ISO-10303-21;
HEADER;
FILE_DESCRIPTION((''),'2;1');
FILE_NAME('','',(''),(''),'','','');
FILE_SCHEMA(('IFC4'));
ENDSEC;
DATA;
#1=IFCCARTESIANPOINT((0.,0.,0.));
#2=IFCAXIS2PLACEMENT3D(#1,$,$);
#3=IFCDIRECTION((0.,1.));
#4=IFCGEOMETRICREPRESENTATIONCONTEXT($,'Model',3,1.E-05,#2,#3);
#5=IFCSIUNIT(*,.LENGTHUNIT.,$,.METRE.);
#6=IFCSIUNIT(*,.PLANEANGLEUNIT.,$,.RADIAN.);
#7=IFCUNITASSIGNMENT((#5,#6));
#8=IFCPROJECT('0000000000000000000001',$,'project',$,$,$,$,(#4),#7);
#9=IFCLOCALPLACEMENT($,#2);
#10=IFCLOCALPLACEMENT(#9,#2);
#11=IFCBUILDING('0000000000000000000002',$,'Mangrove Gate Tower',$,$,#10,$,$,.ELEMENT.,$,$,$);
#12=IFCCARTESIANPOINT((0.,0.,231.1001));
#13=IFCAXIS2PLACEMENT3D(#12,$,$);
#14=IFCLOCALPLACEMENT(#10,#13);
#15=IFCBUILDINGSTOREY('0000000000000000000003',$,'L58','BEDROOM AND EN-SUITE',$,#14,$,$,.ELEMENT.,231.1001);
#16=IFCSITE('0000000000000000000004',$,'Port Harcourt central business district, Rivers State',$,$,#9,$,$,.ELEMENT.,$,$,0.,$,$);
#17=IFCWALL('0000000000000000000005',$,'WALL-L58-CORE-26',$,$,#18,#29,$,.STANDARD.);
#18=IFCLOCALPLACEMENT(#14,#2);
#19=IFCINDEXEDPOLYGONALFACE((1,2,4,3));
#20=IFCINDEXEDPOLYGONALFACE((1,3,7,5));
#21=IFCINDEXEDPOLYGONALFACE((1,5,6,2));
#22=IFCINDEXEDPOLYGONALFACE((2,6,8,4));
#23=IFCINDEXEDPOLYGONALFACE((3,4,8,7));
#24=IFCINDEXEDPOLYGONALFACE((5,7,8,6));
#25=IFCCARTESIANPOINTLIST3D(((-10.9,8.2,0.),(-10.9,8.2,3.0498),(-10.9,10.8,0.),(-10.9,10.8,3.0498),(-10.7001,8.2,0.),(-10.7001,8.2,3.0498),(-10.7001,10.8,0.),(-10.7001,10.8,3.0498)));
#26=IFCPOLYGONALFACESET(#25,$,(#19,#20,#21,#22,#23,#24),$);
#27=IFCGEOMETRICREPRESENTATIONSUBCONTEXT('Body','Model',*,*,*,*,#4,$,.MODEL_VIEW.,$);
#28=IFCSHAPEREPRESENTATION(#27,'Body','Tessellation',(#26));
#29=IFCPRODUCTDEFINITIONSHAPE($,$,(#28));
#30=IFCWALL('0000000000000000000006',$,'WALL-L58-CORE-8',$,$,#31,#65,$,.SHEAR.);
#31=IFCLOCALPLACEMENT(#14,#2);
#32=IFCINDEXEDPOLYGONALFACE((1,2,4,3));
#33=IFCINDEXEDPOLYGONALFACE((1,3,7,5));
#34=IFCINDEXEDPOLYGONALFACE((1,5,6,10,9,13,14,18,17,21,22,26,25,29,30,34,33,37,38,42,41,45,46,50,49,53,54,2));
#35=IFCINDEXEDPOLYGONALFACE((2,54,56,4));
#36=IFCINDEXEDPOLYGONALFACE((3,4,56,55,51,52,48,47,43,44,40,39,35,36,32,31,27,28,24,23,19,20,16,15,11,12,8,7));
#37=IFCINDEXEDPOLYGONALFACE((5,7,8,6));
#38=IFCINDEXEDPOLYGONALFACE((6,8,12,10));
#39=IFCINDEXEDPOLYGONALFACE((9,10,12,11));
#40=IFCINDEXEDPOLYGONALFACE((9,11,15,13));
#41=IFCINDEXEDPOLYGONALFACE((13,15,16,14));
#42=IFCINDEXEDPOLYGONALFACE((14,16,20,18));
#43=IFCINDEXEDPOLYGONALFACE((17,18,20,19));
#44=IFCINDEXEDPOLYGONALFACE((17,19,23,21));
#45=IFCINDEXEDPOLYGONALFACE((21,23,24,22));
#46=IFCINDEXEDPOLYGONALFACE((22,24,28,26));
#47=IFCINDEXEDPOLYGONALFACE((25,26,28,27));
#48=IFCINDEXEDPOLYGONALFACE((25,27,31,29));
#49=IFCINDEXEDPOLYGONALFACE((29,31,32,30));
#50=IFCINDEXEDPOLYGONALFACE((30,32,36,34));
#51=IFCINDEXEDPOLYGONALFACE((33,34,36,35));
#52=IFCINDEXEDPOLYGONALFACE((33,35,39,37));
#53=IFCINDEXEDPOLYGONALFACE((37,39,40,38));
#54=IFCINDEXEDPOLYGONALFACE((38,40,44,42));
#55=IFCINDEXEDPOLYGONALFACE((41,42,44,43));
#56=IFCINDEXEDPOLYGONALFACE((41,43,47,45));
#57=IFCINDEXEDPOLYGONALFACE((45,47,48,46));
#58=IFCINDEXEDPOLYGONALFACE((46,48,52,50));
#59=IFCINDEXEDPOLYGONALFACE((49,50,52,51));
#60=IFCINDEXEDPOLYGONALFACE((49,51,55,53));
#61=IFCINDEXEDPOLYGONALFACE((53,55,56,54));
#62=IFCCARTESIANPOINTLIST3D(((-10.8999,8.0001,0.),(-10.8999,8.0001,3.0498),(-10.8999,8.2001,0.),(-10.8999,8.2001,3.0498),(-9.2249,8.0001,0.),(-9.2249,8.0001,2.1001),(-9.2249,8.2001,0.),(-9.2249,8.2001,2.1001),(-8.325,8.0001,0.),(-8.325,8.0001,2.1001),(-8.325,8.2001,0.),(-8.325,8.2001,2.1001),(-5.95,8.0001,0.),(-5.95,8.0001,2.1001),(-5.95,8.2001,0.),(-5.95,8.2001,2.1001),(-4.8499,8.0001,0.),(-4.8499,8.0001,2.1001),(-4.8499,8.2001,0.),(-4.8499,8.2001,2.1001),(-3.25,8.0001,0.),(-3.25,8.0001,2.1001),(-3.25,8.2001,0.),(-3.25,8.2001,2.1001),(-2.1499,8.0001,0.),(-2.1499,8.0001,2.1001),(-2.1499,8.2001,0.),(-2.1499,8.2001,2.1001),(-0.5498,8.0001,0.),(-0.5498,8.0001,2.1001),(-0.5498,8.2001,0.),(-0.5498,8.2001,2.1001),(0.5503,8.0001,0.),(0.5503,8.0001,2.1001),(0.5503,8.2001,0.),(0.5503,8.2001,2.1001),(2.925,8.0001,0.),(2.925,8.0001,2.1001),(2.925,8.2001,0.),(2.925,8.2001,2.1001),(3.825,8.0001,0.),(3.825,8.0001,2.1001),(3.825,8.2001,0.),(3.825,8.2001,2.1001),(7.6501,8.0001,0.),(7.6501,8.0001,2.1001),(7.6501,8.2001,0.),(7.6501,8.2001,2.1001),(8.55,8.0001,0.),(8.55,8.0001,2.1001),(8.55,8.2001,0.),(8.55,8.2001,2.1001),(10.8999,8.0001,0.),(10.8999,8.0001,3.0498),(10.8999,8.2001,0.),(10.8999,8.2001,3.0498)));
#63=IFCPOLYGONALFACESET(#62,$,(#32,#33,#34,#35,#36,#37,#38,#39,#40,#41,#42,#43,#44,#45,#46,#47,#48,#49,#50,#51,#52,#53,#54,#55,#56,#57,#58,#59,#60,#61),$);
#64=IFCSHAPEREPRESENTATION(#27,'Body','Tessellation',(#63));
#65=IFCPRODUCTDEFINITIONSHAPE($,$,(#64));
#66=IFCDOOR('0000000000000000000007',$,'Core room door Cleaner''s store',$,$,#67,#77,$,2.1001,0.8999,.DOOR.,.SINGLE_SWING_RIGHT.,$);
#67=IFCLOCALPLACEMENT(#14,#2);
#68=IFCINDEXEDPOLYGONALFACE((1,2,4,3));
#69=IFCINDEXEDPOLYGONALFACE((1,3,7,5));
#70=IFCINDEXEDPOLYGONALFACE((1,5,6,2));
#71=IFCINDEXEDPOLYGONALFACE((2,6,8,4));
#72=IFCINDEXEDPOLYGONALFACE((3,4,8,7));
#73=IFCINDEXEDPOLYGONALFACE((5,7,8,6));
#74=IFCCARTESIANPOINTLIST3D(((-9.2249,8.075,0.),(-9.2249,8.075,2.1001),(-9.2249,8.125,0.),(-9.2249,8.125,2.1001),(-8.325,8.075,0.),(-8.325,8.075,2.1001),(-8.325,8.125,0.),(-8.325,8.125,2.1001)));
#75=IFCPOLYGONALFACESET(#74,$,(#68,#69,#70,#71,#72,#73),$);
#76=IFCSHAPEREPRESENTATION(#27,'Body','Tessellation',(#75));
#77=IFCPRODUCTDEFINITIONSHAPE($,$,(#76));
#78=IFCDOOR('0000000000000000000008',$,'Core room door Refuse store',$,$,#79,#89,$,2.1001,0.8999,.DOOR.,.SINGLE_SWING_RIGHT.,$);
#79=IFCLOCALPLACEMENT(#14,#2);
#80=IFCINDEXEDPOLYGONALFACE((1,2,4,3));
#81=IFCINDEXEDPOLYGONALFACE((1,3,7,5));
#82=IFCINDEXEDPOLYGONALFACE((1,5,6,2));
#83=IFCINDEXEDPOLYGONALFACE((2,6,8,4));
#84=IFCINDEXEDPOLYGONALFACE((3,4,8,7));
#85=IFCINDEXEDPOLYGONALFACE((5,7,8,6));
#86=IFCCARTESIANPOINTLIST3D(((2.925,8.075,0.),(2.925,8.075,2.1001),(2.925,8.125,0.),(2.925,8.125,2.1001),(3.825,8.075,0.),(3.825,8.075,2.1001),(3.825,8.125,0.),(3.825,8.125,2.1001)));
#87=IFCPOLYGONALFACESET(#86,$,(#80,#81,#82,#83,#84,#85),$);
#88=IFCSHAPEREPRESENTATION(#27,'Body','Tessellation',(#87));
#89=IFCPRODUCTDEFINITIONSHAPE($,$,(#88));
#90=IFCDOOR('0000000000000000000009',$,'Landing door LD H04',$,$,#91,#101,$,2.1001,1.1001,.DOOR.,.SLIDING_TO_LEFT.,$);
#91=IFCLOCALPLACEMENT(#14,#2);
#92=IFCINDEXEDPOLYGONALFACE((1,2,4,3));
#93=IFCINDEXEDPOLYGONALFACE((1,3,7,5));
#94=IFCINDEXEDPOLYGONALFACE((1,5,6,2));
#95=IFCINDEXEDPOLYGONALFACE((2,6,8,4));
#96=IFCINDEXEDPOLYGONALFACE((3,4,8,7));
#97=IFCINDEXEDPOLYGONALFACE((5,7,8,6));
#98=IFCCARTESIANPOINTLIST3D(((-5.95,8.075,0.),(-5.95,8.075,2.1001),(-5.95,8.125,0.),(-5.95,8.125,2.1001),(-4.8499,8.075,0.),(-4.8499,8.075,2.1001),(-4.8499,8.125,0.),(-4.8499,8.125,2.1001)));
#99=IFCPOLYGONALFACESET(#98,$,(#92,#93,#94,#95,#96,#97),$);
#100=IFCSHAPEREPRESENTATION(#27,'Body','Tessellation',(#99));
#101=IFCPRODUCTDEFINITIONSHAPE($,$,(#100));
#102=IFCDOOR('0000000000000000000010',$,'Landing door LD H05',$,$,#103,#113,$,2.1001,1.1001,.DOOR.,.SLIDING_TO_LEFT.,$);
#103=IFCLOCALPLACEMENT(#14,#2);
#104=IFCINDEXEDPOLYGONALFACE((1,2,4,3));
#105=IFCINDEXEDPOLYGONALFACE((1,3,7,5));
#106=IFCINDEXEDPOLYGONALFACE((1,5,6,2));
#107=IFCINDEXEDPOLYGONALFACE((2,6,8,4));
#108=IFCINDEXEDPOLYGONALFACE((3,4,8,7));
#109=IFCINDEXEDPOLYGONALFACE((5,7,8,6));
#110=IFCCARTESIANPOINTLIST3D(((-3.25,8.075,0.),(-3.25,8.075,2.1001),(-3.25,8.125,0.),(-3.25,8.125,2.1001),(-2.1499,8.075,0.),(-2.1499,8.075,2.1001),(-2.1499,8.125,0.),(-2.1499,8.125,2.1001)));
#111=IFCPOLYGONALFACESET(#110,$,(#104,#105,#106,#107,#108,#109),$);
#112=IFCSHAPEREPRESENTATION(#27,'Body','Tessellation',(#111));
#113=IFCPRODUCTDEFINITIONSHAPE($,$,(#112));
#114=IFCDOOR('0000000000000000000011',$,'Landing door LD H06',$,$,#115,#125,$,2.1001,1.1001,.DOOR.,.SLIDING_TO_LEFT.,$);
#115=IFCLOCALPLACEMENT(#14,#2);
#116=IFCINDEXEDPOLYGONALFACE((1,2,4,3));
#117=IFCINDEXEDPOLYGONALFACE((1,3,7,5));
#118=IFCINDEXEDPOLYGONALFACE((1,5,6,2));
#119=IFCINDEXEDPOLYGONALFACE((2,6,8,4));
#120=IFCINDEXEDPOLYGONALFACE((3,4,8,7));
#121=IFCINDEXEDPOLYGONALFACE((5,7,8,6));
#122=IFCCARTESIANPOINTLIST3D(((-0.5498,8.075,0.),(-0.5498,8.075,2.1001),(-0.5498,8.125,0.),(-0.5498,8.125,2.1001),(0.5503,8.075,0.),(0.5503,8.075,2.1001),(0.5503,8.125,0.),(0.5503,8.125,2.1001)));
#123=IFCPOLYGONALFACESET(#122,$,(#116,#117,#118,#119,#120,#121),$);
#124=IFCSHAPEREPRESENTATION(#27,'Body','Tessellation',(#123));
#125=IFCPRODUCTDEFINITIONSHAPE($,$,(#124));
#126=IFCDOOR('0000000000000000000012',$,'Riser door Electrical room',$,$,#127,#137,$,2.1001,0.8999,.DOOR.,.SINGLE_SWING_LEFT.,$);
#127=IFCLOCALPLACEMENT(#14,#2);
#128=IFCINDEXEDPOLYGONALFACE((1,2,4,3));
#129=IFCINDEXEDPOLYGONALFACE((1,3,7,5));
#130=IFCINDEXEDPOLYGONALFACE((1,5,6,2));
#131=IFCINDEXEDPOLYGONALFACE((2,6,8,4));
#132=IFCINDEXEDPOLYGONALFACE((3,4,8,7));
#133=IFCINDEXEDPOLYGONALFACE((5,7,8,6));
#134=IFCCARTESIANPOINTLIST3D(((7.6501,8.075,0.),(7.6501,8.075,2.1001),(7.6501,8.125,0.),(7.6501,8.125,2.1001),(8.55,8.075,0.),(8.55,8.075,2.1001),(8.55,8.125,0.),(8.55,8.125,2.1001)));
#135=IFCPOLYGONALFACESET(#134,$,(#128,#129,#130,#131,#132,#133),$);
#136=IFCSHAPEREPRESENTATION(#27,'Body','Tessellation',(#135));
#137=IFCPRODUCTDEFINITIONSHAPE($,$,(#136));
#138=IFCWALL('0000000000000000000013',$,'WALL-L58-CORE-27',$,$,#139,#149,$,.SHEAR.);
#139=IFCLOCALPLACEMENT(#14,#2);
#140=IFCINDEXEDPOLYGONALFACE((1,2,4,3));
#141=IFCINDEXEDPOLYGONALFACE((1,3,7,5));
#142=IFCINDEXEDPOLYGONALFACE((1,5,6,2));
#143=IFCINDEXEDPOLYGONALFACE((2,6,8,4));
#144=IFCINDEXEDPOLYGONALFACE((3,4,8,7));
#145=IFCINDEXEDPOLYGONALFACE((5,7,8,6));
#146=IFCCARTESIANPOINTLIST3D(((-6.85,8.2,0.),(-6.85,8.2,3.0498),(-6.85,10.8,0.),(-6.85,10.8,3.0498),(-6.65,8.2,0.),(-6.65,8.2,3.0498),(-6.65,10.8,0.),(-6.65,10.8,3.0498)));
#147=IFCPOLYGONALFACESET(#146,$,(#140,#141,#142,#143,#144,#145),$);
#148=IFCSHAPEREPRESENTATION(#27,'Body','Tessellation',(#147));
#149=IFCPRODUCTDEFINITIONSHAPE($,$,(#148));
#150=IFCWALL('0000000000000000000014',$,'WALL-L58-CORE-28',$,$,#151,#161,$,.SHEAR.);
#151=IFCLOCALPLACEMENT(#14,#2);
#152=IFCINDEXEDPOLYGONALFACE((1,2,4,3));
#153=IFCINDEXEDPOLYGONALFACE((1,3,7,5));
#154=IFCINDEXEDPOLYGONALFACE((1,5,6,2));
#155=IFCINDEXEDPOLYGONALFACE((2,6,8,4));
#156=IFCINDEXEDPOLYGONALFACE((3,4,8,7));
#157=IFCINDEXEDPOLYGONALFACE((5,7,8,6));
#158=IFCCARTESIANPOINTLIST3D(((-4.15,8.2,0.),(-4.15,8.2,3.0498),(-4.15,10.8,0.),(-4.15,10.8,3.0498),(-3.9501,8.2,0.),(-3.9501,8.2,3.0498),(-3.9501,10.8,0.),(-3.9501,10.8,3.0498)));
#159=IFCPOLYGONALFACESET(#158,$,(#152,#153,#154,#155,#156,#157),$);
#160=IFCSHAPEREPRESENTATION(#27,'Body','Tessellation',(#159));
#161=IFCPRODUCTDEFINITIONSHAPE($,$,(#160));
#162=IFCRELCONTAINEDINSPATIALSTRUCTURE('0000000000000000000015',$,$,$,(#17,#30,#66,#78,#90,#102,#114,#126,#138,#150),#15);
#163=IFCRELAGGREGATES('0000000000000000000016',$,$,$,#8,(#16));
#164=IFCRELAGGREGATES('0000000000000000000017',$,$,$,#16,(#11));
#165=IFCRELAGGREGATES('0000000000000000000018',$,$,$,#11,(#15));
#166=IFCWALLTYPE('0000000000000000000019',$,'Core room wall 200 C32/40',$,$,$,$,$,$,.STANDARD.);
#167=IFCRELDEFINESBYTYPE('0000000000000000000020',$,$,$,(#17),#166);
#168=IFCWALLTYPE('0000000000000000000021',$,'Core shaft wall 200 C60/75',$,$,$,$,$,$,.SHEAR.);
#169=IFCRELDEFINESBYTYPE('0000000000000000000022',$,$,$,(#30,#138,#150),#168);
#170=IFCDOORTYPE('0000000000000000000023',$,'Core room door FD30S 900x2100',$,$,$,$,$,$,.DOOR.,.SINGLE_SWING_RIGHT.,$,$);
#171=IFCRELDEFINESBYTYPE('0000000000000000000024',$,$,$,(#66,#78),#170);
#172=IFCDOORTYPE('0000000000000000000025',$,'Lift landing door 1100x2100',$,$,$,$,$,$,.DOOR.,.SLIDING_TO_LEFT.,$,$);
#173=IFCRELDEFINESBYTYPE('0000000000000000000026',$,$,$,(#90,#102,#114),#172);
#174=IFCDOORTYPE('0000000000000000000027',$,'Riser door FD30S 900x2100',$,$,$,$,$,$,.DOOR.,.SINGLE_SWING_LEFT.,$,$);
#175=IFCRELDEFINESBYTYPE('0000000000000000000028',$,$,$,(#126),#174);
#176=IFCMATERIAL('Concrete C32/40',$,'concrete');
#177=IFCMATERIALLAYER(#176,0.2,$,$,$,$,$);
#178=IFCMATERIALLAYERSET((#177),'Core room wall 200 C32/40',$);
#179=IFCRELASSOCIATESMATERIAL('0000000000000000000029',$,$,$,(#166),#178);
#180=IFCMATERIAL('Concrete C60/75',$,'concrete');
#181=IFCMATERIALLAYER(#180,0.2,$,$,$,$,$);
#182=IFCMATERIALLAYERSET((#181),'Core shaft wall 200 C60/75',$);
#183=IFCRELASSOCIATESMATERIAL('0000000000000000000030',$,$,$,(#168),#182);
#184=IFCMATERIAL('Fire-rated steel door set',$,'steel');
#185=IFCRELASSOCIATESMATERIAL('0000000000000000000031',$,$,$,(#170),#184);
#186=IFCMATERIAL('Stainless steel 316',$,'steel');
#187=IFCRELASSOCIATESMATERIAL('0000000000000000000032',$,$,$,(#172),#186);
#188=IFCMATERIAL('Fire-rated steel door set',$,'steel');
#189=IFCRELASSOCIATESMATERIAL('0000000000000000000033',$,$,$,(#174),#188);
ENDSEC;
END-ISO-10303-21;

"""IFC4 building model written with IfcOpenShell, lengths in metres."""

from ifc_helpers import new_model, si_unit, direction, frame, frame_2d, origin, place, context, subcontext, project, spatial, rectangle, extrude, material, layer, layer_set, type_object, element, fill, save


model = new_model("IFC4")

# Units and contexts
model_context = context("Model", 3, precision=1e-05, world=origin(), true_north=direction((0.0, 1.0)))
body_context = subcontext(model_context, "Body", "Model", "MODEL_VIEW")
ifc_project = project(units=[si_unit("LENGTHUNIT", "METRE"), si_unit("PLANEANGLEUNIT", "RADIAN")], contexts=[model_context])

# Site, building, storey
site_placement = place(None, origin())
site = spatial("IfcSite", under=ifc_project, at=site_placement, Name="Port Harcourt central business district, Rivers State", CompositionType="ELEMENT", RefElevation=0.0)
building_placement = place(site_placement, origin())
building = spatial("IfcBuilding", under=site, at=building_placement, Name="Mangrove Gate Tower", CompositionType="ELEMENT")
storey_placement = place(building_placement, frame((0.0, 0.0, 231.1001)))
storey = spatial("IfcBuildingStorey", under=building, at=storey_placement, Name="L58", Description="BEDROOM AND EN-SUITE", CompositionType="ELEMENT", Elevation=231.1001)

# Wall
ifc_material_1 = material(Name="Concrete C32/40", Category="concrete")
ifc_layer_1 = layer(ifc_material_1, 0.2)
ifc_layer_set_1 = layer_set([ifc_layer_1], Name="Core room wall 200 C32/40")
wall_type_1 = type_object("IfcWallType", Name="Core room wall 200 C32/40", PredefinedType="STANDARD", material=ifc_layer_set_1)
wall_1_placement = place(storey_placement, frame((-10.8, 8.2, 0.0), z_axis=(0.0, 0.0, 1.0), x_axis=(0.0, 1.0, 0.0)))
element("IfcWall", 1, at=wall_1_placement, inside=storey, type_object=wall_type_1, Name="WALL-L58-CORE-26", PredefinedType="STANDARD", context=body_context, shape_type="SweptSolid", body=[
    extrude(rectangle(XDim=2.6001, YDim=0.2, at=frame_2d((1.3, 0.0))), origin(), (0.0, 0.0, 1.0), 3.0498),
])

# Wall, openings, doors
ifc_material_2 = material(Name="Concrete C60/75", Category="concrete")
ifc_layer_2 = layer(ifc_material_2, 0.2)
ifc_layer_set_2 = layer_set([ifc_layer_2], Name="Core shaft wall 200 C60/75")
wall_type_2 = type_object("IfcWallType", Name="Core shaft wall 200 C60/75", PredefinedType="SHEAR", material=ifc_layer_set_2)
wall_2_placement = place(storey_placement, frame((-10.8999, 8.1001, 0.0), z_axis=(0.0, 0.0, 1.0), x_axis=(1.0, 0.0, 0.0)))
wall_2 = element("IfcWall", 2, at=wall_2_placement, inside=storey, type_object=wall_type_2, Name="WALL-L58-CORE-8", PredefinedType="SHEAR", context=body_context, shape_type="SweptSolid", body=[
    extrude(rectangle(XDim=21.7998, YDim=0.2, at=frame_2d((10.8999, 0.0))), origin(), (0.0, 0.0, 1.0), 3.0498),
])
opening_1_placement = place(wall_2_placement, frame((4.95, 0.0, 0.0)))
opening_1 = element("IfcOpeningElement", 3, at=opening_1_placement, cuts=wall_2, PredefinedType="OPENING", context=body_context, shape_type="SweptSolid", body=[
    extrude(rectangle(XDim=1.1001, YDim=2.1001, at=frame_2d((0.55, 1.05))), frame((0.0, 0.1099, 0.0), z_axis=(0.0, -1.0, 0.0), x_axis=(1.0, 0.0, 0.0)), (0.0, 0.0, 1.0), 0.22),
])
opening_2_placement = place(wall_2_placement, frame((7.6499, 0.0, 0.0)))
opening_2 = element("IfcOpeningElement", 4, at=opening_2_placement, cuts=wall_2, PredefinedType="OPENING", context=body_context, shape_type="SweptSolid", body=[
    extrude(rectangle(XDim=1.1001, YDim=2.1001, at=frame_2d((0.55, 1.05))), frame((0.0, 0.1099, 0.0), z_axis=(0.0, -1.0, 0.0), x_axis=(1.0, 0.0, 0.0)), (0.0, 0.0, 1.0), 0.22),
])
opening_3_placement = place(wall_2_placement, frame((10.3501, 0.0, 0.0)))
opening_3 = element("IfcOpeningElement", 5, at=opening_3_placement, cuts=wall_2, PredefinedType="OPENING", context=body_context, shape_type="SweptSolid", body=[
    extrude(rectangle(XDim=1.1001, YDim=2.1001, at=frame_2d((0.55, 1.05))), frame((0.0, 0.1099, 0.0), z_axis=(0.0, -1.0, 0.0), x_axis=(1.0, 0.0, 0.0)), (0.0, 0.0, 1.0), 0.22),
])
opening_4_placement = place(wall_2_placement, frame((1.675, 0.0, 0.0)))
opening_4 = element("IfcOpeningElement", 6, at=opening_4_placement, cuts=wall_2, PredefinedType="OPENING", context=body_context, shape_type="SweptSolid", body=[
    extrude(rectangle(XDim=0.8999, YDim=2.1001, at=frame_2d((0.45, 1.05))), frame((0.0, 0.1099, 0.0), z_axis=(0.0, -1.0, 0.0), x_axis=(1.0, 0.0, 0.0)), (0.0, 0.0, 1.0), 0.22),
])
opening_5_placement = place(wall_2_placement, frame((13.825, 0.0, 0.0)))
opening_5 = element("IfcOpeningElement", 7, at=opening_5_placement, cuts=wall_2, PredefinedType="OPENING", context=body_context, shape_type="SweptSolid", body=[
    extrude(rectangle(XDim=0.8999, YDim=2.1001, at=frame_2d((0.45, 1.05))), frame((0.0, 0.1099, 0.0), z_axis=(0.0, -1.0, 0.0), x_axis=(1.0, 0.0, 0.0)), (0.0, 0.0, 1.0), 0.22),
])
opening_6_placement = place(wall_2_placement, frame((18.55, 0.0, 0.0)))
opening_6 = element("IfcOpeningElement", 8, at=opening_6_placement, cuts=wall_2, PredefinedType="OPENING", context=body_context, shape_type="SweptSolid", body=[
    extrude(rectangle(XDim=0.8999, YDim=2.1001, at=frame_2d((0.45, 1.05))), frame((0.0, 0.1099, 0.0), z_axis=(0.0, -1.0, 0.0), x_axis=(1.0, 0.0, 0.0)), (0.0, 0.0, 1.0), 0.22),
])
ifc_material_3 = material(Name="Fire-rated steel door set", Category="steel")
door_type_1 = type_object("IfcDoorType", Name="Core room door FD30S 900x2100", OperationType="SINGLE_SWING_RIGHT", PredefinedType="DOOR", material=ifc_material_3)
door_1_placement = place(opening_4_placement, origin())
door_1 = element("IfcDoor", 9, at=door_1_placement, inside=storey, type_object=door_type_1, Name="Core room door Cleaner's store", OperationType="SINGLE_SWING_RIGHT", OverallHeight=2.1001, OverallWidth=0.8999, PredefinedType="DOOR", context=body_context, shape_type="SweptSolid", body=[
    extrude(rectangle(XDim=0.8999, YDim=2.1001, at=frame_2d((0.45, 1.05))), frame((0.0, 0.0249, 0.0), z_axis=(0.0, -1.0, 0.0), x_axis=(1.0, 0.0, 0.0)), (0.0, 0.0, 1.0), 0.05),
])
fill(opening_4, door_1)
door_2_placement = place(opening_5_placement, origin())
door_2 = element("IfcDoor", 10, at=door_2_placement, inside=storey, type_object=door_type_1, Name="Core room door Refuse store", OperationType="SINGLE_SWING_RIGHT", OverallHeight=2.1001, OverallWidth=0.8999, PredefinedType="DOOR", context=body_context, shape_type="SweptSolid", body=[
    extrude(rectangle(XDim=0.8999, YDim=2.1001, at=frame_2d((0.45, 1.05))), frame((0.0, 0.0249, 0.0), z_axis=(0.0, -1.0, 0.0), x_axis=(1.0, 0.0, 0.0)), (0.0, 0.0, 1.0), 0.05),
])
fill(opening_5, door_2)
ifc_material_4 = material(Name="Stainless steel 316", Category="steel")
door_type_2 = type_object("IfcDoorType", Name="Lift landing door 1100x2100", OperationType="SLIDING_TO_LEFT", PredefinedType="DOOR", material=ifc_material_4)
door_3_placement = place(opening_1_placement, origin())
door_3 = element("IfcDoor", 11, at=door_3_placement, inside=storey, type_object=door_type_2, Name="Landing door LD H04", OperationType="SLIDING_TO_LEFT", OverallHeight=2.1001, OverallWidth=1.1001, PredefinedType="DOOR", context=body_context, shape_type="SweptSolid", body=[
    extrude(rectangle(XDim=1.1001, YDim=2.1001, at=frame_2d((0.55, 1.05))), frame((0.0, 0.0249, 0.0), z_axis=(0.0, -1.0, 0.0), x_axis=(1.0, 0.0, 0.0)), (0.0, 0.0, 1.0), 0.05),
])
fill(opening_1, door_3)
door_4_placement = place(opening_2_placement, origin())
door_4 = element("IfcDoor", 12, at=door_4_placement, inside=storey, type_object=door_type_2, Name="Landing door LD H05", OperationType="SLIDING_TO_LEFT", OverallHeight=2.1001, OverallWidth=1.1001, PredefinedType="DOOR", context=body_context, shape_type="SweptSolid", body=[
    extrude(rectangle(XDim=1.1001, YDim=2.1001, at=frame_2d((0.55, 1.05))), frame((0.0, 0.0249, 0.0), z_axis=(0.0, -1.0, 0.0), x_axis=(1.0, 0.0, 0.0)), (0.0, 0.0, 1.0), 0.05),
])
fill(opening_2, door_4)
door_5_placement = place(opening_3_placement, origin())
door_5 = element("IfcDoor", 13, at=door_5_placement, inside=storey, type_object=door_type_2, Name="Landing door LD H06", OperationType="SLIDING_TO_LEFT", OverallHeight=2.1001, OverallWidth=1.1001, PredefinedType="DOOR", context=body_context, shape_type="SweptSolid", body=[
    extrude(rectangle(XDim=1.1001, YDim=2.1001, at=frame_2d((0.55, 1.05))), frame((0.0, 0.0249, 0.0), z_axis=(0.0, -1.0, 0.0), x_axis=(1.0, 0.0, 0.0)), (0.0, 0.0, 1.0), 0.05),
])
fill(opening_3, door_5)
ifc_material_5 = material(Name="Fire-rated steel door set", Category="steel")
door_type_3 = type_object("IfcDoorType", Name="Riser door FD30S 900x2100", OperationType="SINGLE_SWING_LEFT", PredefinedType="DOOR", material=ifc_material_5)
door_6_placement = place(opening_6_placement, origin())
door_6 = element("IfcDoor", 14, at=door_6_placement, inside=storey, type_object=door_type_3, Name="Riser door Electrical room", OperationType="SINGLE_SWING_LEFT", OverallHeight=2.1001, OverallWidth=0.8999, PredefinedType="DOOR", context=body_context, shape_type="SweptSolid", body=[
    extrude(rectangle(XDim=0.8999, YDim=2.1001, at=frame_2d((0.45, 1.05))), frame((0.0, 0.0249, 0.0), z_axis=(0.0, -1.0, 0.0), x_axis=(1.0, 0.0, 0.0)), (0.0, 0.0, 1.0), 0.05),
])
fill(opening_6, door_6)

# Walls
for number, where, z_axis, x_axis, name in (
    (15, (-6.75, 8.2, 0.0), (0.0, 0.0, 1.0), (0.0, 1.0, 0.0), "WALL-L58-CORE-27"),
    (16, (-4.05, 8.2, 0.0), (0.0, 0.0, 1.0), (0.0, 1.0, 0.0), "WALL-L58-CORE-28"),
):
    element("IfcWall", number, at=place(storey_placement, frame(where, z_axis=z_axis, x_axis=x_axis)), inside=storey, type_object=wall_type_2, Name=name, PredefinedType="SHEAR", context=body_context, shape_type="SweptSolid", body=[
        extrude(rectangle(XDim=2.6001, YDim=0.2, at=frame_2d((1.3, 0.0))), origin(), (0.0, 0.0, 1.0), 3.0498),
    ])

save(model, "model.ifc")
